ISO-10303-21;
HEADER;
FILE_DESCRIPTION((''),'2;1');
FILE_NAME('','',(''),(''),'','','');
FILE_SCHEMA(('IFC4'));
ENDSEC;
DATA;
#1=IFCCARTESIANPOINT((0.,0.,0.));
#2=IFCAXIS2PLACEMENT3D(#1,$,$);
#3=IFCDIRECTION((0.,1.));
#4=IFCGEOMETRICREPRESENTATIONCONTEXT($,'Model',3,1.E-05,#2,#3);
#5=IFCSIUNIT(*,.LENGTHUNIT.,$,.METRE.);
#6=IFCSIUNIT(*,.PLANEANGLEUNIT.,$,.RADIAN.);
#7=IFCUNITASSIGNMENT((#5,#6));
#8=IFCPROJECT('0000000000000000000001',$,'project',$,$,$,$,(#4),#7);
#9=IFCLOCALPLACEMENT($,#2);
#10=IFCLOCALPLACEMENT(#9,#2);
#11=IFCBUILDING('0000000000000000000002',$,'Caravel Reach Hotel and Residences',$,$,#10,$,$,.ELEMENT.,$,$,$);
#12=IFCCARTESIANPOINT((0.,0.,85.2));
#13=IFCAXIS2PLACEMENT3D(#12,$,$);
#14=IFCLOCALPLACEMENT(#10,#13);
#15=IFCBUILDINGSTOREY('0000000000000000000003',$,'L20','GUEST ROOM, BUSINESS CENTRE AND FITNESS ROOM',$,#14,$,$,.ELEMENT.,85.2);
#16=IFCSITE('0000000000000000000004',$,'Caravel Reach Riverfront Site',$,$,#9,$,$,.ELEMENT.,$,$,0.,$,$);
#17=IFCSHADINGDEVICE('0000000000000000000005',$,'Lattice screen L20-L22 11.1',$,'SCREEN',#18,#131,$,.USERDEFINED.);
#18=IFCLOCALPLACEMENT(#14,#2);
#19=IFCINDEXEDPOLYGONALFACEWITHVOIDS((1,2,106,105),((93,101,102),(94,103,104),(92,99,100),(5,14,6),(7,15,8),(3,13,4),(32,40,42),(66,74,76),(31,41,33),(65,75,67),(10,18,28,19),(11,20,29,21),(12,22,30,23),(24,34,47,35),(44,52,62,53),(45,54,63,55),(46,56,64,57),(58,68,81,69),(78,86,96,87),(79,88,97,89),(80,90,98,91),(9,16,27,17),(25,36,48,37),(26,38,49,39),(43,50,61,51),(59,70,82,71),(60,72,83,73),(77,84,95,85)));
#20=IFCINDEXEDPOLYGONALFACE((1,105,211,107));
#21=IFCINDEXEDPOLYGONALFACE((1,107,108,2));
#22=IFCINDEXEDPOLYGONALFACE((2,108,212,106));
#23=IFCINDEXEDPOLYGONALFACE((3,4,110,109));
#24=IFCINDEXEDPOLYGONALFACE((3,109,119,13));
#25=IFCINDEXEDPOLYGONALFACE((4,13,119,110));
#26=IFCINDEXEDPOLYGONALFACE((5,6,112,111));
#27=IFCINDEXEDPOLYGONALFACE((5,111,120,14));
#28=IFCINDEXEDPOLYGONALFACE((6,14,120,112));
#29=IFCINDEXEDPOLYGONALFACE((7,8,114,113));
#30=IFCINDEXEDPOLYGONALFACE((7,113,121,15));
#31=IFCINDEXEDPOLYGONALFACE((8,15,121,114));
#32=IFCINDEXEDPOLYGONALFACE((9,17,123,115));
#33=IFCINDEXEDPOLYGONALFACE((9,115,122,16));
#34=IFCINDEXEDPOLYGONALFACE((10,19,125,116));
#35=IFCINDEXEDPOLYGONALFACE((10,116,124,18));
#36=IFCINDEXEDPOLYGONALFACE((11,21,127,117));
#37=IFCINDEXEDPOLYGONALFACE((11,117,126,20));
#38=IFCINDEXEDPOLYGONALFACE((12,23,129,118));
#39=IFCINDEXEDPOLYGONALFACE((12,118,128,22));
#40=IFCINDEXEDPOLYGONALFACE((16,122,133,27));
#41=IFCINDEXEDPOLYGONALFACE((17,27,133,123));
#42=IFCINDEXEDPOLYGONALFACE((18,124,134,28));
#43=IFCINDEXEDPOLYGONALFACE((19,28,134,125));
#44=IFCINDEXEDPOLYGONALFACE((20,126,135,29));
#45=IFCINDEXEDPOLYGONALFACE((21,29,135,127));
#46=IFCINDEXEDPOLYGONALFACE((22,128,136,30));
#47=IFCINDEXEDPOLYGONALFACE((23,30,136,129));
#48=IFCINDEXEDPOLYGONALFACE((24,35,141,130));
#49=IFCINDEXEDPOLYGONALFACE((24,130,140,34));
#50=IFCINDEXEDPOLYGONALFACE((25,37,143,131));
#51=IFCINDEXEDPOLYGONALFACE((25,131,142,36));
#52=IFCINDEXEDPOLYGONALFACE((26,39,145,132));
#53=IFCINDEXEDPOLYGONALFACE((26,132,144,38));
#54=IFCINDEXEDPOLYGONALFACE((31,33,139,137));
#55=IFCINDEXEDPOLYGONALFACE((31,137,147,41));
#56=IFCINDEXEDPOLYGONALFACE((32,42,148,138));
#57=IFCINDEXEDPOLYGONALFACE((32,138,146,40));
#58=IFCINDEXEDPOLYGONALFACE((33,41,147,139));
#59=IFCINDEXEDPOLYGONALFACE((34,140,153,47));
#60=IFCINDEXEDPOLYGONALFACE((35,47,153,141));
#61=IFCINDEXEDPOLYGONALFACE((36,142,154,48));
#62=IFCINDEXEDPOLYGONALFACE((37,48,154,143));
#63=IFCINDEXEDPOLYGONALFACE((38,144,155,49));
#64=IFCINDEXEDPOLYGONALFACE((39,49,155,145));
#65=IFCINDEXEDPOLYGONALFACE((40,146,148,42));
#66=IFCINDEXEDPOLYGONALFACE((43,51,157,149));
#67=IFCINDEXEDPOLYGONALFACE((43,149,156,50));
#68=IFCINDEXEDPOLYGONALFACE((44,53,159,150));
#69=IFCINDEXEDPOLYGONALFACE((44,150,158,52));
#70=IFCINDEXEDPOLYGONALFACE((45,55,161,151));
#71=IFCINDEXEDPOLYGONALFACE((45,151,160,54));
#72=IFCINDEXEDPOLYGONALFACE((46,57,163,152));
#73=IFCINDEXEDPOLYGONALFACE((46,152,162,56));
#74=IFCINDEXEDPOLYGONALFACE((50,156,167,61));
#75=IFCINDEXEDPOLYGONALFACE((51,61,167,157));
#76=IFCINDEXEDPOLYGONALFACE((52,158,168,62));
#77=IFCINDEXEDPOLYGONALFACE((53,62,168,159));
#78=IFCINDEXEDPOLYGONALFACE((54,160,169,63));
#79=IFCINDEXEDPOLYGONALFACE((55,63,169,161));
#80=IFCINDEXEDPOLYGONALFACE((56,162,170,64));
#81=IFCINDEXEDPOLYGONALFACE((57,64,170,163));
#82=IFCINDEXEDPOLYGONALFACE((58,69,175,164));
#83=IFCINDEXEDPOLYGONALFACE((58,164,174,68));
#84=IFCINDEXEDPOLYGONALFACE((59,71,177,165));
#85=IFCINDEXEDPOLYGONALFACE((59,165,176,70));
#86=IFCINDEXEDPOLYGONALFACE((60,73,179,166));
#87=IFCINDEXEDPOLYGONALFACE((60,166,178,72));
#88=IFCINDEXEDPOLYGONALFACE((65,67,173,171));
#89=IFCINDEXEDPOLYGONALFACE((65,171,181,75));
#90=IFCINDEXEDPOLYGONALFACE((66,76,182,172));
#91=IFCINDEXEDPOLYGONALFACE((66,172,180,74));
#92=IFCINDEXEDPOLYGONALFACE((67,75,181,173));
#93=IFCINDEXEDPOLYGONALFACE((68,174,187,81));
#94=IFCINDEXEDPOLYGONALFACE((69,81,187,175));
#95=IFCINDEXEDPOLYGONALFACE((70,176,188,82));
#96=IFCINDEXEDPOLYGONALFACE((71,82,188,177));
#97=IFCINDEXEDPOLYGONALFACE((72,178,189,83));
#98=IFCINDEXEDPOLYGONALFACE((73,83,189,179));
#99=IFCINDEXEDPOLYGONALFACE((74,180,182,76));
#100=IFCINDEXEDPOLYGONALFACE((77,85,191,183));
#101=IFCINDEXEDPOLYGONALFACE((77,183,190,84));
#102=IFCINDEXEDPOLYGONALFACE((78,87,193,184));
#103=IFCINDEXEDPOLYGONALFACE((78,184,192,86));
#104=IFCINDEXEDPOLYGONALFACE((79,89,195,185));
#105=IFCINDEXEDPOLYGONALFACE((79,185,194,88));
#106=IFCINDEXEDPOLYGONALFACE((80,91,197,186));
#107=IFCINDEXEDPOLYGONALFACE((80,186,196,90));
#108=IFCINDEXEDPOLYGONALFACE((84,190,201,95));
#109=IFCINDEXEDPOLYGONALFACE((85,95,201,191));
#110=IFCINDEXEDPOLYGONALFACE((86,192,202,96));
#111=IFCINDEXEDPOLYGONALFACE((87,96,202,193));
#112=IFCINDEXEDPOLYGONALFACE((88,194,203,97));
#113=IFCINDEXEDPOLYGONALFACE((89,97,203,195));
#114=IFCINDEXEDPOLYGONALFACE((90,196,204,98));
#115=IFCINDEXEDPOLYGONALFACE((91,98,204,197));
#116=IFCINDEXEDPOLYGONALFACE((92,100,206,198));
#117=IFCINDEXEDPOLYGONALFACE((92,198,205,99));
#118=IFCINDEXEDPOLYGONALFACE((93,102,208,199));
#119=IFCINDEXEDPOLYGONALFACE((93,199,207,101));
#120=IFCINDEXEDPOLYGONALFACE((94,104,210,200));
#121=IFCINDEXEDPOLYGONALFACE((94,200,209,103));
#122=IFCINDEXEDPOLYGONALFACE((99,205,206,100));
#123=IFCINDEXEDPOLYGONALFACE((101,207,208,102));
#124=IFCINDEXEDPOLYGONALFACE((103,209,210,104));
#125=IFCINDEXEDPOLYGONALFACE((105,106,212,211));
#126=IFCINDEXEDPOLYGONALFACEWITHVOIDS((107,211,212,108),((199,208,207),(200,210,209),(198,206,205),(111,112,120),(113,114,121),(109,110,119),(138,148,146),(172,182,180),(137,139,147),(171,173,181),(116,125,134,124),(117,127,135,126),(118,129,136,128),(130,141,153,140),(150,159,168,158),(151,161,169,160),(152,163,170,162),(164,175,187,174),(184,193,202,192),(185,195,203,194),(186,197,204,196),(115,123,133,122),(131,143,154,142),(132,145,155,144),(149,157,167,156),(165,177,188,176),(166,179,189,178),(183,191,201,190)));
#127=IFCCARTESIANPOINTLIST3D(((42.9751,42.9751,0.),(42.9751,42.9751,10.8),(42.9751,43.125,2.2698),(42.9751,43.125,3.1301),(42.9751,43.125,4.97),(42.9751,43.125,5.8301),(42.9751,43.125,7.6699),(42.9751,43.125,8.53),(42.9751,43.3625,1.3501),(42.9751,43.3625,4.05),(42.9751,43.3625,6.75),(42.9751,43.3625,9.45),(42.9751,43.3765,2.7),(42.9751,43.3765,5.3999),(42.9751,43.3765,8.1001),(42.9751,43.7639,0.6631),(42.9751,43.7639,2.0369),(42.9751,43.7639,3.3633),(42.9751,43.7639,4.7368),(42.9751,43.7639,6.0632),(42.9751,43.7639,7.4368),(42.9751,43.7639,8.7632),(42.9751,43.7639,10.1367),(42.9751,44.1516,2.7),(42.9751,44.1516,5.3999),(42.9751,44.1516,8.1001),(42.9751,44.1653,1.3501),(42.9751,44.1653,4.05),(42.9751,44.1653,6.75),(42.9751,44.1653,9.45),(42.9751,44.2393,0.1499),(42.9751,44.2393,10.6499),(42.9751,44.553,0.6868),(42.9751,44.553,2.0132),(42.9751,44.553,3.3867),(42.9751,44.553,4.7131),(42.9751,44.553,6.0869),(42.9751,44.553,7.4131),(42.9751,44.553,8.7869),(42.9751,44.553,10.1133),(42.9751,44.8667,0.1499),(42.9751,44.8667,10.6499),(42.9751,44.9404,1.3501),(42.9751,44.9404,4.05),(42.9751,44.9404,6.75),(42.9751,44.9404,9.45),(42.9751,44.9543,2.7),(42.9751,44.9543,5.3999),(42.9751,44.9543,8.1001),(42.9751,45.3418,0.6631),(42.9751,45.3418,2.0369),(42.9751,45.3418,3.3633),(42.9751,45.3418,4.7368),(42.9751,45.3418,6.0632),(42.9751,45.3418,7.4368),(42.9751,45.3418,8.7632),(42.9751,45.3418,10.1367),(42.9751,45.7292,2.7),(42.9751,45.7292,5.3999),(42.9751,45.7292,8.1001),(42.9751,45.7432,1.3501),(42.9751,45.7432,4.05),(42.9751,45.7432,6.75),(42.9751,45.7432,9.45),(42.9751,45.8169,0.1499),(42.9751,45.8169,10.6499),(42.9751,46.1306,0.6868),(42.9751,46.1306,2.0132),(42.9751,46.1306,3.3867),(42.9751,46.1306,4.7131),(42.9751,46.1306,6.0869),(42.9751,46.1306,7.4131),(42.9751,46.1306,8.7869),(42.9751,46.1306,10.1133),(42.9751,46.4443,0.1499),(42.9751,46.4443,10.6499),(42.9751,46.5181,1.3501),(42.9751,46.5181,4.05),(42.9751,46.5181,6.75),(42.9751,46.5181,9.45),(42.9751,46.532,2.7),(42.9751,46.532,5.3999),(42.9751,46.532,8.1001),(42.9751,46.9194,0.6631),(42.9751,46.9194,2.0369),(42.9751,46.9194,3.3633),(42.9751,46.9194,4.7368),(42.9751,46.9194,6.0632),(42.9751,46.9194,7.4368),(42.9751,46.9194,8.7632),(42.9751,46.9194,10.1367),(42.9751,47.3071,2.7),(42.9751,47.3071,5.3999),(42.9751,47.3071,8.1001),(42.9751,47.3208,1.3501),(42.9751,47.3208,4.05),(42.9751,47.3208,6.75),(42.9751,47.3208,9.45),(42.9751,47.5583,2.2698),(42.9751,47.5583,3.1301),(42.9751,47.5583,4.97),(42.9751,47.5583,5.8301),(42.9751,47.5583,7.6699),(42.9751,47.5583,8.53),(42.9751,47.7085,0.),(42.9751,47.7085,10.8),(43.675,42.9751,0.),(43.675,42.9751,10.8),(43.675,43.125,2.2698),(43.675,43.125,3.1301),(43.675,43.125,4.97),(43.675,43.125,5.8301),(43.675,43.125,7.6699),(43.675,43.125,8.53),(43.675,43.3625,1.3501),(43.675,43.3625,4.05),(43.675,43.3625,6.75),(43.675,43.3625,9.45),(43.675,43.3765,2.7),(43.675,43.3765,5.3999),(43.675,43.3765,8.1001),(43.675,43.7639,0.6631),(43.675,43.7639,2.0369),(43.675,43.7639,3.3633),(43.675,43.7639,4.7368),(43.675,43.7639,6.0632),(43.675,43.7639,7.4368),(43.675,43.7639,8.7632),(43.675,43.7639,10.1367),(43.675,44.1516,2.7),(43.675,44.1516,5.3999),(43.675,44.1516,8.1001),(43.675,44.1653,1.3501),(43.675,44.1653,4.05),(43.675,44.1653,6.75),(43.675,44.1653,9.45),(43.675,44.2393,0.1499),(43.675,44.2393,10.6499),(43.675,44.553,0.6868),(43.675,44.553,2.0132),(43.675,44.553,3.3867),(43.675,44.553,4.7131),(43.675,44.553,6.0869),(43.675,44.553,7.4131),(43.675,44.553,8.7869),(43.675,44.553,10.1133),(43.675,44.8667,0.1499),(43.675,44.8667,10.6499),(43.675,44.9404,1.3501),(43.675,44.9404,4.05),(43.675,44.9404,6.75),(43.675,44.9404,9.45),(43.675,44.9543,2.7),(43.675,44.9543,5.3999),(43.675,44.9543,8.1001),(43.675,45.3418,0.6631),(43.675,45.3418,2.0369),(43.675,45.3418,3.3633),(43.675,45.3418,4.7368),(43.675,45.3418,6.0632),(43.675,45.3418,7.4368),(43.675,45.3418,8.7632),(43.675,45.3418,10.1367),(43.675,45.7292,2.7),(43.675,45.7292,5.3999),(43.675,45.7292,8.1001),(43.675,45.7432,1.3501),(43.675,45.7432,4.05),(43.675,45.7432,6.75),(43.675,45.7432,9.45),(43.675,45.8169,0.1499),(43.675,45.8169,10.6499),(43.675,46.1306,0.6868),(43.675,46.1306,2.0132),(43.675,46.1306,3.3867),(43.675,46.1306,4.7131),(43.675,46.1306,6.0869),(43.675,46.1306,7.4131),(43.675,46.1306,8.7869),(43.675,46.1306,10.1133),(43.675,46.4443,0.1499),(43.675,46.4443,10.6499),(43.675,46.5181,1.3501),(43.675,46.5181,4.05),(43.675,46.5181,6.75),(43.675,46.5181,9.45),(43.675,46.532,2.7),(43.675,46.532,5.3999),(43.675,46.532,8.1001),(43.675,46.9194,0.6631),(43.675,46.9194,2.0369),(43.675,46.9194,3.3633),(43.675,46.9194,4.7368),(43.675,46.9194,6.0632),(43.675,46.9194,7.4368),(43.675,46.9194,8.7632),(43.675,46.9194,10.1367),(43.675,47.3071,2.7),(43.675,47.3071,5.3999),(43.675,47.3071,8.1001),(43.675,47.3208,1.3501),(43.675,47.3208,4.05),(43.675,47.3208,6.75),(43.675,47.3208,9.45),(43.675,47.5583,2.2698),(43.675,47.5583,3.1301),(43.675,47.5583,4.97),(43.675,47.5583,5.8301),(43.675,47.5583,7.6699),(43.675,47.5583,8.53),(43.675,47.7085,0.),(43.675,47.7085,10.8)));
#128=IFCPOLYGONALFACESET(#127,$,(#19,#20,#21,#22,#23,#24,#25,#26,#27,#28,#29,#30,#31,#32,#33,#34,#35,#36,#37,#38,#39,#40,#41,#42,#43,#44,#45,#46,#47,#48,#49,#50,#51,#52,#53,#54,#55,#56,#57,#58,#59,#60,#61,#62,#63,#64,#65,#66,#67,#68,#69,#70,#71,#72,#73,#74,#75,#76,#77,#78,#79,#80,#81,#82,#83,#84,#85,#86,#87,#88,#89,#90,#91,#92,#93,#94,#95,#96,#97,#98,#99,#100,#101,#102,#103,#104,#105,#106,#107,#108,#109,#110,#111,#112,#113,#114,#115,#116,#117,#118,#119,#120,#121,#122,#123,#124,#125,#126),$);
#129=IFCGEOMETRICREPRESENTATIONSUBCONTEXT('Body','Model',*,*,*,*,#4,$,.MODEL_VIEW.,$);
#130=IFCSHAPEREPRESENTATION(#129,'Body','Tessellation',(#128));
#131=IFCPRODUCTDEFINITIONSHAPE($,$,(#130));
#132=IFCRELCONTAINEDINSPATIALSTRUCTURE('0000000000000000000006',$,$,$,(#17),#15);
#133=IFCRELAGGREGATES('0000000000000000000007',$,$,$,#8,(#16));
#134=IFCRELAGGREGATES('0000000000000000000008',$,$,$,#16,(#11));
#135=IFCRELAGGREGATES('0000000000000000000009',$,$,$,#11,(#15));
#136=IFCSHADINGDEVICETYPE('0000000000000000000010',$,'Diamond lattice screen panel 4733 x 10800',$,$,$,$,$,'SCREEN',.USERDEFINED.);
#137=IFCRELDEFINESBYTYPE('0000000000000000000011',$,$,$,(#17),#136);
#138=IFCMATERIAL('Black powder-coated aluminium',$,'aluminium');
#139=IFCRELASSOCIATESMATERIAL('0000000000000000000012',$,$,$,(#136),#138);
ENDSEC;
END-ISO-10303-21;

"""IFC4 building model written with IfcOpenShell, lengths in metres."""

from ifc_helpers import new_model, si_unit, direction, frame, origin, place, context, subcontext, project, spatial, polyline, outline, extrude, material, type_object, element, save


model = new_model("IFC4")

# Units and contexts
model_context = context("Model", 3, precision=1e-05, world=origin(), true_north=direction((0.0, 1.0)))
body_context = subcontext(model_context, "Body", "Model", "MODEL_VIEW")
ifc_project = project(units=[si_unit("LENGTHUNIT", "METRE"), si_unit("PLANEANGLEUNIT", "RADIAN")], contexts=[model_context])

# Site, building, storey
site_placement = place(None, origin())
site = spatial("IfcSite", under=ifc_project, at=site_placement, Name="Caravel Reach Riverfront Site", CompositionType="ELEMENT", RefElevation=0.0)
building_placement = place(site_placement, origin())
building = spatial("IfcBuilding", under=site, at=building_placement, Name="Caravel Reach Hotel and Residences", CompositionType="ELEMENT")
storey_placement = place(building_placement, frame((0.0, 0.0, 85.2)))
storey = spatial("IfcBuildingStorey", under=building, at=storey_placement, Name="L20", Description="GUEST ROOM, BUSINESS CENTRE AND FITNESS ROOM", CompositionType="ELEMENT", Elevation=85.2)

# Shading device
ifc_material_1 = material(Name="Black powder-coated aluminium", Category="aluminium")
shading_device_type = type_object("IfcShadingDeviceType", Name="Diamond lattice screen panel 4733 x 10800", ElementType="SCREEN", PredefinedType="USERDEFINED", material=ifc_material_1)
shading_device_placement = place(storey_placement, frame((42.9751, 42.9751, 0.0), z_axis=(1.0, 0.0, 0.0), x_axis=(0.0, 1.0, 0.0)))
element("IfcShadingDevice", 1, at=shading_device_placement, inside=storey, type_object=shading_device_type, Name="Lattice screen L20-L22 11.1", ObjectType="SCREEN", PredefinedType="USERDEFINED", context=body_context, shape_type="SweptSolid", body=[
    extrude(outline(polyline([(0.0, 0.0), (4.7334, 0.0), (4.7334, 10.8), (0.0, 10.8), (0.0, 0.0)]), holes=[polyline([(0.4014, 2.7), (0.1499, 3.1301), (0.1499, 2.2698), (0.4014, 2.7)]), polyline([(0.4014, 5.3999), (0.1499, 5.8301), (0.1499, 4.97), (0.4014, 5.3999)]), polyline([(0.4014, 8.1001), (0.1499, 8.53), (0.1499, 7.6699), (0.4014, 8.1001)]), polyline([(0.7888, 2.0369), (0.3875, 1.3501), (0.7888, 0.6631), (1.1902, 1.3501), (0.7888, 2.0369)]), polyline([(0.7888, 4.7368), (0.3875, 4.05), (0.7888, 3.3633), (1.1902, 4.05), (0.7888, 4.7368)]), polyline([(0.7888, 7.4368), (0.3875, 6.75), (0.7888, 6.0632), (1.1902, 6.75), (0.7888, 7.4368)]), polyline([(0.7888, 10.1367), (0.3875, 9.45), (0.7888, 8.7632), (1.1902, 9.45), (0.7888, 10.1367)]), polyline([(1.5779, 0.6868), (1.2642, 0.1499), (1.8916, 0.1499), (1.5779, 0.6868)]), polyline([(1.5779, 3.3867), (1.1765, 2.7), (1.5779, 2.0132), (1.9792, 2.7), (1.5779, 3.3867)]), polyline([(1.5779, 6.0869), (1.1765, 5.3999), (1.5779, 4.7131), (1.9792, 5.3999), (1.5779, 6.0869)]), polyline([(1.5779, 8.7869), (1.1765, 8.1001), (1.5779, 7.4131), (1.9792, 8.1001), (1.5779, 8.7869)]), polyline([(1.5779, 10.1133), (1.8916, 10.6499), (1.2642, 10.6499), (1.5779, 10.1133)]), polyline([(2.3667, 2.0369), (1.9653, 1.3501), (2.3667, 0.6631), (2.7681, 1.3501), (2.3667, 2.0369)]), polyline([(2.3667, 4.7368), (1.9653, 4.05), (2.3667, 3.3633), (2.7681, 4.05), (2.3667, 4.7368)]), polyline([(2.3667, 7.4368), (1.9653, 6.75), (2.3667, 6.0632), (2.7681, 6.75), (2.3667, 7.4368)]), polyline([(2.3667, 10.1367), (1.9653, 9.45), (2.3667, 8.7632), (2.7681, 9.45), (2.3667, 10.1367)]), polyline([(3.1555, 0.6868), (2.8418, 0.1499), (3.4692, 0.1499), (3.1555, 0.6868)]), polyline([(3.1555, 3.3867), (2.7542, 2.7), (3.1555, 2.0132), (3.5569, 2.7), (3.1555, 3.3867)]), polyline([(3.1555, 6.0869), (2.7542, 5.3999), (3.1555, 4.7131), (3.5569, 5.3999), (3.1555, 6.0869)]), polyline([(3.1555, 8.7869), (2.7542, 8.1001), (3.1555, 7.4131), (3.5569, 8.1001), (3.1555, 8.7869)]), polyline([(3.1555, 10.1133), (3.4692, 10.6499), (2.8418, 10.6499), (3.1555, 10.1133)]), polyline([(3.9443, 2.0369), (3.543, 1.3501), (3.9443, 0.6631), (4.3457, 1.3501), (3.9443, 2.0369)]), polyline([(3.9443, 4.7368), (3.543, 4.05), (3.9443, 3.3633), (4.3457, 4.05), (3.9443, 4.7368)]), polyline([(3.9443, 7.4368), (3.543, 6.75), (3.9443, 6.0632), (4.3457, 6.75), (3.9443, 7.4368)]), polyline([(3.9443, 10.1367), (3.543, 9.45), (3.9443, 8.7632), (4.3457, 9.45), (3.9443, 10.1367)]), polyline([(4.332, 2.7), (4.5833, 2.2698), (4.5833, 3.1301), (4.332, 2.7)]), polyline([(4.332, 5.3999), (4.5833, 4.97), (4.5833, 5.8301), (4.332, 5.3999)]), polyline([(4.332, 8.1001), (4.5833, 7.6699), (4.5833, 8.53), (4.332, 8.1001)])]), origin(), (0.0, 0.0, 1.0), 0.7),
])

save(model, "model.ifc")
